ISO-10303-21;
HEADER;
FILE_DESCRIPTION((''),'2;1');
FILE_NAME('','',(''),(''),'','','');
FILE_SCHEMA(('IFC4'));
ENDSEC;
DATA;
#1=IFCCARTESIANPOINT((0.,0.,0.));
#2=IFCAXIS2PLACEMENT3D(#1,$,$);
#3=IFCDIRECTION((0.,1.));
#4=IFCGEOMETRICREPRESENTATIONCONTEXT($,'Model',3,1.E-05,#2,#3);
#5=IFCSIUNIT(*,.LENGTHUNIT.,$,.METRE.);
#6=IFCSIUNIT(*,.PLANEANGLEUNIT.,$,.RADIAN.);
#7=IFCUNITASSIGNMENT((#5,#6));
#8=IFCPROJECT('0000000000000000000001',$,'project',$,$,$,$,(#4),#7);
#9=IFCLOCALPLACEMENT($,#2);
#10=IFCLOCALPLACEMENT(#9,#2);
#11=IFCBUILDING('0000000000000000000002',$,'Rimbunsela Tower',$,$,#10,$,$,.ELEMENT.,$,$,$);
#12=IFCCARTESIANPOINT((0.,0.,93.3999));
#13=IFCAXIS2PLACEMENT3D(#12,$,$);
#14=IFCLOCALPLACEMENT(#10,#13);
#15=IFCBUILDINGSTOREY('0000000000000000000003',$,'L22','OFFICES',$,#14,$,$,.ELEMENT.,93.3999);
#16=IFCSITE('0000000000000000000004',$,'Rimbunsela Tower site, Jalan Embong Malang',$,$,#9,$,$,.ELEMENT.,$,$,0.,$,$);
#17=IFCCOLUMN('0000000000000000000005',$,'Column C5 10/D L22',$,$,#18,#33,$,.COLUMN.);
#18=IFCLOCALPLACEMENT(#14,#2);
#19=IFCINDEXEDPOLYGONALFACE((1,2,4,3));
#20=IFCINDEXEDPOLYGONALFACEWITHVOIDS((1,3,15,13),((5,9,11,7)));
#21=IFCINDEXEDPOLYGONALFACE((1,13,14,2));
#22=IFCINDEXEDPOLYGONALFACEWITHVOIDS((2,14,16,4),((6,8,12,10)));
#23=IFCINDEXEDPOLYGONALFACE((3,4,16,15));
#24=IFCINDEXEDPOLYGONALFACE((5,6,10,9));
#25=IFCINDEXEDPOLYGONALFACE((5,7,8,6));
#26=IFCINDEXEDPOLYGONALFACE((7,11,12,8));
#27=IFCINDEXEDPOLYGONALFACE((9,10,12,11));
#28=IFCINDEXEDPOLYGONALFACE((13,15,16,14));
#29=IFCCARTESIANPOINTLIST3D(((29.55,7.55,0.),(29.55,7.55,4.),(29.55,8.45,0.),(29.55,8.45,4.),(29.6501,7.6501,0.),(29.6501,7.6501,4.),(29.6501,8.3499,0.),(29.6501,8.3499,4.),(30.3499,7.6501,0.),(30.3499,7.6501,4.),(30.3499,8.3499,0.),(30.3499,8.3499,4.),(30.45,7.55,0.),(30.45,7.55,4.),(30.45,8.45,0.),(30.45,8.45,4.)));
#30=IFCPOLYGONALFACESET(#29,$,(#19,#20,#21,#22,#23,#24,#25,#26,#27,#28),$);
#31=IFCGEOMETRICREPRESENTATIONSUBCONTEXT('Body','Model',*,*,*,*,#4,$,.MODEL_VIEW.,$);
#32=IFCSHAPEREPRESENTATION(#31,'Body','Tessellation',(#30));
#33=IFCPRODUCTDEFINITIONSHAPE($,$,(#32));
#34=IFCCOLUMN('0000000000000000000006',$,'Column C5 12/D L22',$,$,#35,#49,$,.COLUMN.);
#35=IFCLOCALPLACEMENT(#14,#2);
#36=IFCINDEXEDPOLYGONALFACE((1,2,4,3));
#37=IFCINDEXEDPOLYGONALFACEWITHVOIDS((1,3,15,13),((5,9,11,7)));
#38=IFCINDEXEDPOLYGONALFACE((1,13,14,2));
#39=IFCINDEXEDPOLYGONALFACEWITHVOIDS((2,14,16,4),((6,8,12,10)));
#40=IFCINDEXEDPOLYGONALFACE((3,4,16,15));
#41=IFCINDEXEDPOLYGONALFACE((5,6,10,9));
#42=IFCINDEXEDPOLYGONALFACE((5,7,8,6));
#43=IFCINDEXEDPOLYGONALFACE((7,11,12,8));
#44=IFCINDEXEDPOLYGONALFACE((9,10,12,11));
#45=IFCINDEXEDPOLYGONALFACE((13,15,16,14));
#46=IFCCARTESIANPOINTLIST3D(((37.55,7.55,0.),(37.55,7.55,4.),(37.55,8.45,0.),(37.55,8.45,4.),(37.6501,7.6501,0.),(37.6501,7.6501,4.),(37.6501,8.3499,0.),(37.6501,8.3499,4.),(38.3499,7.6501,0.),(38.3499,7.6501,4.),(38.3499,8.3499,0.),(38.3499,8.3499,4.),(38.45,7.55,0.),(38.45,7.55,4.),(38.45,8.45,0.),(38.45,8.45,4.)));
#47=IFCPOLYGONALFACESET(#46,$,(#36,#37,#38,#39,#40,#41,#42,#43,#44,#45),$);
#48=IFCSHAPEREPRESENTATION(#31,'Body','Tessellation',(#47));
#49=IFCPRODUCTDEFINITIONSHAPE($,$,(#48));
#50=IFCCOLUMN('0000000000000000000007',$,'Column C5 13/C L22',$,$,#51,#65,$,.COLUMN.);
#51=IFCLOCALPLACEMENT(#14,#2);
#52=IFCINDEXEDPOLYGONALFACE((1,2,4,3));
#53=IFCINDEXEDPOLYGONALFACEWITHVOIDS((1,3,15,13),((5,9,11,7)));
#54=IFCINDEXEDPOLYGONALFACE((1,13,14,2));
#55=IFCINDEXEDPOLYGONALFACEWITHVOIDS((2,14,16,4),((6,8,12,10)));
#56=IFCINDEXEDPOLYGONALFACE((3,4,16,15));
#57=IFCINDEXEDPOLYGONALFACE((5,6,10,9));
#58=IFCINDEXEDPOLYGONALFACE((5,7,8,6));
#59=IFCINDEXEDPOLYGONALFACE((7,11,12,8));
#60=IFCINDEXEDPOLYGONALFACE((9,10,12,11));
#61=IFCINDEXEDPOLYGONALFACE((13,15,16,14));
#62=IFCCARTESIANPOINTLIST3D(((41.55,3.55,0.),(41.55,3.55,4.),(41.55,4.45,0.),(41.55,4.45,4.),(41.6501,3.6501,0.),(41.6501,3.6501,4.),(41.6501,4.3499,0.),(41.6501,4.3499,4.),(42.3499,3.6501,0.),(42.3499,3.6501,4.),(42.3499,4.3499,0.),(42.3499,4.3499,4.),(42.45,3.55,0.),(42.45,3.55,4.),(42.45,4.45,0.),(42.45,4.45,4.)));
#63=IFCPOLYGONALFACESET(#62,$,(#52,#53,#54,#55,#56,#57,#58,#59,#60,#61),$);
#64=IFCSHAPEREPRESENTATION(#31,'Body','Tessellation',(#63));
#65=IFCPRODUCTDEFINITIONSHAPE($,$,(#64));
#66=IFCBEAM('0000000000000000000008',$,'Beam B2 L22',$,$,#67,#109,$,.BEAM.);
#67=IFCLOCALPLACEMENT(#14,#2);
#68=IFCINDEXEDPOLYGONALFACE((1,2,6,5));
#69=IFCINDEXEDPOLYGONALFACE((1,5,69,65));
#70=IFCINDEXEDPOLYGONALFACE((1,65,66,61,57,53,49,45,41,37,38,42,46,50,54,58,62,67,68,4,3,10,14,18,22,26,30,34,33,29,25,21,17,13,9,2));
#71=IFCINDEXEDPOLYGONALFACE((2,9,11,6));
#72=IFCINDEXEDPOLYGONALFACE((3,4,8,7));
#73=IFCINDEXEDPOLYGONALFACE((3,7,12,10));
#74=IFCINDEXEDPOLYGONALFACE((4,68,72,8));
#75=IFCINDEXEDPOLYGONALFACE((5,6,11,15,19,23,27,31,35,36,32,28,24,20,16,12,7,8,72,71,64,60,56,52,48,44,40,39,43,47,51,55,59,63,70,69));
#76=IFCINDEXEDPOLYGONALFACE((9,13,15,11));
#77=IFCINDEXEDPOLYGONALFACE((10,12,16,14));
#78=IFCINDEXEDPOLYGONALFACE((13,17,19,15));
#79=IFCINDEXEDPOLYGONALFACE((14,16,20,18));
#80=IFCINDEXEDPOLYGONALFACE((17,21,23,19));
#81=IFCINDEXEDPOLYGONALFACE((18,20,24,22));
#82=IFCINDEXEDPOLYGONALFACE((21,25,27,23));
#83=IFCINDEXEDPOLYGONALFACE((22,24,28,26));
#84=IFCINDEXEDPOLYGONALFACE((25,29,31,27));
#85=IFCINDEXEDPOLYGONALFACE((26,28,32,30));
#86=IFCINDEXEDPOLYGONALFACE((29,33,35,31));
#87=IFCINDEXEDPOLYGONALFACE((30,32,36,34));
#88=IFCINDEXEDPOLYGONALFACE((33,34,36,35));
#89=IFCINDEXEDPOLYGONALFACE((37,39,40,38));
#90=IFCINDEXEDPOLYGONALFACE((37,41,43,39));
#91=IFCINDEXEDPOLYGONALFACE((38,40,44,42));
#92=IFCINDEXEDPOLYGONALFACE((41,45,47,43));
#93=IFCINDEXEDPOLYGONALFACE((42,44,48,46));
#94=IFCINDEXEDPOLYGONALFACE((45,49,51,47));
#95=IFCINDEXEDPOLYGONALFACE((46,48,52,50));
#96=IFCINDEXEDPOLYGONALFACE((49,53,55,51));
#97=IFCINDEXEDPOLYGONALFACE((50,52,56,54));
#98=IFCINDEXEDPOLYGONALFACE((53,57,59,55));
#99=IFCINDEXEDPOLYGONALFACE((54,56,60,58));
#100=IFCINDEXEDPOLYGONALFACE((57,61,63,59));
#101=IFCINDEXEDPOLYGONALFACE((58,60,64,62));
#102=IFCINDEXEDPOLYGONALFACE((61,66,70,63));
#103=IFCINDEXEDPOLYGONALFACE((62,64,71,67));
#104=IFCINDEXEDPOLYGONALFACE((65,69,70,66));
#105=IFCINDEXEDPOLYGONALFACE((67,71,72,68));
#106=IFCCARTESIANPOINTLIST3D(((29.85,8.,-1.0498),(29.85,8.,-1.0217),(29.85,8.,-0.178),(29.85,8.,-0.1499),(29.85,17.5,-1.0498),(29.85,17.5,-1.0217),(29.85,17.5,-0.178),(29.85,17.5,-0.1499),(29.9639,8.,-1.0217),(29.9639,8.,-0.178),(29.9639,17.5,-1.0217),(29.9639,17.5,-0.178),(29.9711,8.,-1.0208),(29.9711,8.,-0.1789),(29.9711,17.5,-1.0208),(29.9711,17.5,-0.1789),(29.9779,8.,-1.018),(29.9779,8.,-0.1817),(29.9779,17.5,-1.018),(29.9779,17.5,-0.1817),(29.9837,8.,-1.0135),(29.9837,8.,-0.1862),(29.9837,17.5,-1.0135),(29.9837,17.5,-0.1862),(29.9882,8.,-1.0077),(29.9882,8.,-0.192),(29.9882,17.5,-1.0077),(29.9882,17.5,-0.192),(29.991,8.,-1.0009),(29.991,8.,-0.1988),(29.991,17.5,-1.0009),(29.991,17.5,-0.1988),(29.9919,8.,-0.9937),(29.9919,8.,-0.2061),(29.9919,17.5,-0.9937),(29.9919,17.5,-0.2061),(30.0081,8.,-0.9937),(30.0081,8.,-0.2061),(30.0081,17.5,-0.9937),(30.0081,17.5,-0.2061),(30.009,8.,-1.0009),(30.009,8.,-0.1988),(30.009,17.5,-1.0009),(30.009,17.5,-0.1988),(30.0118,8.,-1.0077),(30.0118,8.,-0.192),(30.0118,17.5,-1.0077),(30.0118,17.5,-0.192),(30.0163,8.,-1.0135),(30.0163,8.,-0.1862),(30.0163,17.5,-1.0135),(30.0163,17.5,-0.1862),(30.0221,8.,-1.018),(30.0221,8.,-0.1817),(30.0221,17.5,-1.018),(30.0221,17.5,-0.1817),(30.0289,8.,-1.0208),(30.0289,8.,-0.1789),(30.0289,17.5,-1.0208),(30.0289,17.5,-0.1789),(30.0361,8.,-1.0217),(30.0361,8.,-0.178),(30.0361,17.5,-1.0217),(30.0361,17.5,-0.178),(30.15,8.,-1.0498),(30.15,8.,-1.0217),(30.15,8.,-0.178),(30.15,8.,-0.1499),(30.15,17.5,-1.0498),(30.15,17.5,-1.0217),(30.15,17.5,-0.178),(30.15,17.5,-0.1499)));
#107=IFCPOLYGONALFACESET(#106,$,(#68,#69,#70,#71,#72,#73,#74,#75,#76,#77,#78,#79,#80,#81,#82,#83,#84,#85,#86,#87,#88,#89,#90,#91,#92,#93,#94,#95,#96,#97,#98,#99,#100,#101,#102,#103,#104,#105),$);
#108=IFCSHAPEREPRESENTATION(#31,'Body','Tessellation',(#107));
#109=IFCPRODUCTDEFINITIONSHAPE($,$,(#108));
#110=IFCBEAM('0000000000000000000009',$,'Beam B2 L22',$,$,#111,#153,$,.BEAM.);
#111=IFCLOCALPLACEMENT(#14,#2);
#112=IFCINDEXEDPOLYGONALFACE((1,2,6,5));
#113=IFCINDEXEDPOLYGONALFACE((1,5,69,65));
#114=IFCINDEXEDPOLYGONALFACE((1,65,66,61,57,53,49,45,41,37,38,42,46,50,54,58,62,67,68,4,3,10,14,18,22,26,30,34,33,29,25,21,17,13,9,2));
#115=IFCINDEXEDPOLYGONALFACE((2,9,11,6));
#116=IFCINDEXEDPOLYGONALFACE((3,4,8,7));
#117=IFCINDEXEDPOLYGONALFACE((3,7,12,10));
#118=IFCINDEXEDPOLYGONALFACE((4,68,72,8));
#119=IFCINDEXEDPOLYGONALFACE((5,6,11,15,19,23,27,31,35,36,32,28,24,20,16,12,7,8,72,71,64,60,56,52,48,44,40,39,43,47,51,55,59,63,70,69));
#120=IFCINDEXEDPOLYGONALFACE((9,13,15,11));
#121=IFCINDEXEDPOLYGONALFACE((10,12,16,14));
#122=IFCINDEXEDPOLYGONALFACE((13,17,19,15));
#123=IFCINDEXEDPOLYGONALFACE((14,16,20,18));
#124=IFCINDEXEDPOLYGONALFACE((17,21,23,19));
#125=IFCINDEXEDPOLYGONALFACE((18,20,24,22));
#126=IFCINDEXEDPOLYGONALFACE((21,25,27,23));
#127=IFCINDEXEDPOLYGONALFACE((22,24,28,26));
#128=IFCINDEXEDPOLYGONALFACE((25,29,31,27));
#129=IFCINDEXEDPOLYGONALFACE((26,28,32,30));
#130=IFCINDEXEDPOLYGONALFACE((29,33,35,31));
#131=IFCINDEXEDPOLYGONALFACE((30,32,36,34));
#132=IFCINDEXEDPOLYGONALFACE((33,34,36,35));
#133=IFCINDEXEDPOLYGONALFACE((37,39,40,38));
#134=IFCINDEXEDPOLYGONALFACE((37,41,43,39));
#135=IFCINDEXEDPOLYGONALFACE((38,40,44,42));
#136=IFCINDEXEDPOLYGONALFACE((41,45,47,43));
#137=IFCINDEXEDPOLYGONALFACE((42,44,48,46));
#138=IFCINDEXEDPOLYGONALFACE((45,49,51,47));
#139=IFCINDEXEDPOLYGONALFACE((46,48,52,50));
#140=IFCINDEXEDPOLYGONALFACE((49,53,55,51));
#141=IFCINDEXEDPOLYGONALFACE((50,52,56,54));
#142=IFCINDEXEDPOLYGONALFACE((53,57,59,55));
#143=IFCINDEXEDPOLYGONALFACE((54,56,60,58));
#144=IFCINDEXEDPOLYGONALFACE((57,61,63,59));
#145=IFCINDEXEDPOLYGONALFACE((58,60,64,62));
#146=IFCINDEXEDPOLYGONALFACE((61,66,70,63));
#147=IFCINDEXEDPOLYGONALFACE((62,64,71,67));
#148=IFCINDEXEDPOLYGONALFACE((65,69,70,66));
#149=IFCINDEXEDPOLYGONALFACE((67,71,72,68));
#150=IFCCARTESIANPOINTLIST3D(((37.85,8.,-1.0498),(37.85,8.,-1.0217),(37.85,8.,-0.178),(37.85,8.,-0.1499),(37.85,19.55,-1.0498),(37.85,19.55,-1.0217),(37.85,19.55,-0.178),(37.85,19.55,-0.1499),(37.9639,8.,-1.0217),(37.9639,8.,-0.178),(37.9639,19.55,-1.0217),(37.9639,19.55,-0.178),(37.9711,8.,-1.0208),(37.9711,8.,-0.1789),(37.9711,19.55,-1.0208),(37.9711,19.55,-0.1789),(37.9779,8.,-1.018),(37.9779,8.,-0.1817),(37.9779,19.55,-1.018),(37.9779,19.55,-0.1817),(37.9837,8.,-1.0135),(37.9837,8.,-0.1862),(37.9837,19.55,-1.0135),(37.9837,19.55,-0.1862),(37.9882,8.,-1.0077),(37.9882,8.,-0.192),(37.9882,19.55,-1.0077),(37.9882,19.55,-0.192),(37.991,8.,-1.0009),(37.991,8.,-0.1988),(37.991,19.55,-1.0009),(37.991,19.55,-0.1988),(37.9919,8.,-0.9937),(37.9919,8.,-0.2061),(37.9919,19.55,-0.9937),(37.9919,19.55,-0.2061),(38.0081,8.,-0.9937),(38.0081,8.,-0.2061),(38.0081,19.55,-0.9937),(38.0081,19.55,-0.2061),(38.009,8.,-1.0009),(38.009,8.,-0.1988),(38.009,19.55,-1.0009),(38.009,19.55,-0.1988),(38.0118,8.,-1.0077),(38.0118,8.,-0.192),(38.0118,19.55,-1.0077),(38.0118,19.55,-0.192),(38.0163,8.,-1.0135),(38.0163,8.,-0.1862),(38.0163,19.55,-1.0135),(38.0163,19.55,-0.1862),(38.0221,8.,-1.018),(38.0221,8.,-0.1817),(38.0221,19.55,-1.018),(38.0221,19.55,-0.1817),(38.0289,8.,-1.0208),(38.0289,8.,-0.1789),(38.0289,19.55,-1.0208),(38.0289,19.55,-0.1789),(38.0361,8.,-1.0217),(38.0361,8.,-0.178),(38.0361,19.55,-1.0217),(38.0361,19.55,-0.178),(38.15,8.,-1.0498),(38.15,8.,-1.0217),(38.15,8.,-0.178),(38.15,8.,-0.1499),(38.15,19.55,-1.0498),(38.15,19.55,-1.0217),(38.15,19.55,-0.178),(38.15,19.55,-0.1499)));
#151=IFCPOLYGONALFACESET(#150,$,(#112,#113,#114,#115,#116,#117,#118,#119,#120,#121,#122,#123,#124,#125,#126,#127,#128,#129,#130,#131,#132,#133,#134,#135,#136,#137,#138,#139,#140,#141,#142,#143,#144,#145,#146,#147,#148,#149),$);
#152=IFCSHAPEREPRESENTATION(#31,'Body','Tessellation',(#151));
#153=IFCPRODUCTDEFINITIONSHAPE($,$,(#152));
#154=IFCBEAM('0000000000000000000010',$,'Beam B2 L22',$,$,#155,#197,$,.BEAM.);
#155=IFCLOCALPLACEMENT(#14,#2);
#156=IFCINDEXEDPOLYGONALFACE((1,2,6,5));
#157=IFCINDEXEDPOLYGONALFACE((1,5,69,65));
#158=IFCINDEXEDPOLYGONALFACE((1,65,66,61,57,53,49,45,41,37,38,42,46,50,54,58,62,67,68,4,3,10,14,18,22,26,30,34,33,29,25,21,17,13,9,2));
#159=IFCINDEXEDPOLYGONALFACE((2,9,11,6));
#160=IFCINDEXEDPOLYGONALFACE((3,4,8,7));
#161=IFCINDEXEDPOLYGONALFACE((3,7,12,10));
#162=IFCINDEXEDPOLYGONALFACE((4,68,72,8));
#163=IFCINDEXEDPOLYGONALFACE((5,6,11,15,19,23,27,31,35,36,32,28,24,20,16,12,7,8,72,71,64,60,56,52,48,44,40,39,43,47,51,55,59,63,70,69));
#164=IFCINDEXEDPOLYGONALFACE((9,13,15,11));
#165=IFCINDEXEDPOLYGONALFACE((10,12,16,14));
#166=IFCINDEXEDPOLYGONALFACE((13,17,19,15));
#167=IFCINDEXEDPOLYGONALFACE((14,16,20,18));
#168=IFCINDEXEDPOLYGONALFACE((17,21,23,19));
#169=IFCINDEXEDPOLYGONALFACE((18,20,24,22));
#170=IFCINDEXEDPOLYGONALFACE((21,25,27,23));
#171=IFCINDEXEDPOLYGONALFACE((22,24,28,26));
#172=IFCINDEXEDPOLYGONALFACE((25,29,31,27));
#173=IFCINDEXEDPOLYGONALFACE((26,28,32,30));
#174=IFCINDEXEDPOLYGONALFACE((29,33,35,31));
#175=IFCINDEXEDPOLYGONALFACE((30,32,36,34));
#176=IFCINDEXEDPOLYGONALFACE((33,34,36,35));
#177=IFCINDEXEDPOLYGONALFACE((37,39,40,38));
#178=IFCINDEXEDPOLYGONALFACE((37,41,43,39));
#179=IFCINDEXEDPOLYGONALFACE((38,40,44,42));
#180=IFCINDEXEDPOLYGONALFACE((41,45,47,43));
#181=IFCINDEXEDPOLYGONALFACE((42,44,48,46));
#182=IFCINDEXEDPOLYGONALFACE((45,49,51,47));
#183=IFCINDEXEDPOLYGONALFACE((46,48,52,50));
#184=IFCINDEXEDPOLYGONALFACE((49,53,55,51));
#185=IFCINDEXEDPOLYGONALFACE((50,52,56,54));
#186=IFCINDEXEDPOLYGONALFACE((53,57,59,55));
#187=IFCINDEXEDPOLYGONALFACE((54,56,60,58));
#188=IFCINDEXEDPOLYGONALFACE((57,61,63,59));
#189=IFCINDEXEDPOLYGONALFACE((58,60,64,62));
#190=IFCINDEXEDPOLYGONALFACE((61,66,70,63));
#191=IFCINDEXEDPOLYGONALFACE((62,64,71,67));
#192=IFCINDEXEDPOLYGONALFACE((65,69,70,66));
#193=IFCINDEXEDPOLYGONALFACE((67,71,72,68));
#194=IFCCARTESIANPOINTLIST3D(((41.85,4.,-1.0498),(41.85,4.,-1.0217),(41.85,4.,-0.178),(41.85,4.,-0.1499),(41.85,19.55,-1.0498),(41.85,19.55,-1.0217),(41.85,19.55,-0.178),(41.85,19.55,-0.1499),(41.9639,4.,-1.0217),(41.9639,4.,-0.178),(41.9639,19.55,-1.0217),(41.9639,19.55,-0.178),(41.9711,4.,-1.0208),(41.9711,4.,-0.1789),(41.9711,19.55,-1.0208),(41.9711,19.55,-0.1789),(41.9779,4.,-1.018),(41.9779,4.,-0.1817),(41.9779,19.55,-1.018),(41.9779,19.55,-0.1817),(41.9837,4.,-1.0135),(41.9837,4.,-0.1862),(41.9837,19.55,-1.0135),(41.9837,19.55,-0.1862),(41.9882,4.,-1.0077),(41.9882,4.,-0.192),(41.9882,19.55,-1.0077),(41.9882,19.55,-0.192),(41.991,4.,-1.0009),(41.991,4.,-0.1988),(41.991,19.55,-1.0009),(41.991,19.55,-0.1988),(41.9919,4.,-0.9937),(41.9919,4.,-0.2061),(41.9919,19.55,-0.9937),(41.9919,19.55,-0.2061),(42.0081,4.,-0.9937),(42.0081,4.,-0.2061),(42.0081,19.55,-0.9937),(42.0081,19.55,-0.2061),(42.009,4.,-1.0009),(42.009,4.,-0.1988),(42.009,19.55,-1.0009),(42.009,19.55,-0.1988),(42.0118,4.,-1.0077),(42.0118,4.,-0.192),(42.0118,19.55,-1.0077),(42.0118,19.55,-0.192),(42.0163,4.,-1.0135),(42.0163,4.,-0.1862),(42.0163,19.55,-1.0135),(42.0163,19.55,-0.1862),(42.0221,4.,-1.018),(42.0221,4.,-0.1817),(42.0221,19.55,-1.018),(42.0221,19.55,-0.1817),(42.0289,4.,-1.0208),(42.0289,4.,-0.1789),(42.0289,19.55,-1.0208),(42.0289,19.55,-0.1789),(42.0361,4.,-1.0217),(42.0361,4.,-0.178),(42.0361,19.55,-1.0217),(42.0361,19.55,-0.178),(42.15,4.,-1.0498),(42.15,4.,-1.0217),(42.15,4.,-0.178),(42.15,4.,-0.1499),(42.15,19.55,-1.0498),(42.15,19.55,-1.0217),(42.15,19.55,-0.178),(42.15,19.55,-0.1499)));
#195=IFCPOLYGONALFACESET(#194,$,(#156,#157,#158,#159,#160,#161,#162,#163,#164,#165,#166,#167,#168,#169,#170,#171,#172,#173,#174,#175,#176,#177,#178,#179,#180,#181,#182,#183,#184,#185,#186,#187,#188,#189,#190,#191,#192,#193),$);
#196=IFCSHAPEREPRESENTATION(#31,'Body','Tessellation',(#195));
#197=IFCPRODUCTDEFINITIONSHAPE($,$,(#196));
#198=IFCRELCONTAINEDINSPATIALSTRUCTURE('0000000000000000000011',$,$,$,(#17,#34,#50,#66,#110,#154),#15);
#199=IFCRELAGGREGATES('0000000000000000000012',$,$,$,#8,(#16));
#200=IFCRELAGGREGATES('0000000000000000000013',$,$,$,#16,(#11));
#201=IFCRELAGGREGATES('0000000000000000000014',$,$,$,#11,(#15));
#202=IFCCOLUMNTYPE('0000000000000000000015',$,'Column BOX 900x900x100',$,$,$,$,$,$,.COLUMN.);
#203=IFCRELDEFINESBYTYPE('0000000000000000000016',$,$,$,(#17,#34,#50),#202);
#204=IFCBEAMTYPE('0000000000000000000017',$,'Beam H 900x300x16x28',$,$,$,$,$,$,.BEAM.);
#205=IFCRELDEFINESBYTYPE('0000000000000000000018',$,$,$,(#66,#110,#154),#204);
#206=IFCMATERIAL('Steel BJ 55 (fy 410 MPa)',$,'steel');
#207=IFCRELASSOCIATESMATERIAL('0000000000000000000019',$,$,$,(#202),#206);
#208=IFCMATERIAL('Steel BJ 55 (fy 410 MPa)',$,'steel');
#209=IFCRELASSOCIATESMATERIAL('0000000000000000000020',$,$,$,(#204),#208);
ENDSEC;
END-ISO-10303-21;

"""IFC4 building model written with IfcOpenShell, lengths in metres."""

from ifc_helpers import new_model, si_unit, direction, frame, origin, origin_2d, place, context, subcontext, project, spatial, hollow_rectangle, i_section, extrude, material, material_profile, profile_set, type_object, element, save


model = new_model("IFC4")

# Units and contexts
model_context = context("Model", 3, precision=1e-05, world=origin(), true_north=direction((0.0, 1.0)))
body_context = subcontext(model_context, "Body", "Model", "MODEL_VIEW")
ifc_project = project(units=[si_unit("LENGTHUNIT", "METRE"), si_unit("PLANEANGLEUNIT", "RADIAN")], contexts=[model_context])

# Site, building, storey
site_placement = place(None, origin())
site = spatial("IfcSite", under=ifc_project, at=site_placement, Name="Rimbunsela Tower site, Jalan Embong Malang", CompositionType="ELEMENT", RefElevation=0.0)
building_placement = place(site_placement, origin())
building = spatial("IfcBuilding", under=site, at=building_placement, Name="Rimbunsela Tower", CompositionType="ELEMENT")
storey_placement = place(building_placement, frame((0.0, 0.0, 93.3999)))
storey = spatial("IfcBuildingStorey", under=building, at=storey_placement, Name="L22", Description="OFFICES", CompositionType="ELEMENT", Elevation=93.3999)

# Columns
ifc_material_1 = material(Name="Steel BJ 55 (fy 410 MPa)", Category="steel")
ifc_material_profile_1 = material_profile(ifc_material_1, hollow_rectangle(XDim=0.8999, YDim=0.8999, WallThickness=0.1001, at=origin_2d()), Name="BOX 900x900x100")
ifc_profile_set_1 = profile_set([ifc_material_profile_1], Name="Steel BJ 55 (fy 410 MPa)")
column_type = type_object("IfcColumnType", Name="Column BOX 900x900x100", PredefinedType="COLUMN", material=ifc_profile_set_1)
for number, where, z_axis, x_axis, name in (
    (1, (30.0, 8.0, 0.0), (0.0, 0.0, 1.0), (1.0, 0.0, 0.0), "Column C5 10/D L22"),
    (2, (38.0, 8.0, 0.0), (0.0, 0.0, 1.0), (1.0, 0.0, 0.0), "Column C5 12/D L22"),
    (3, (42.0, 4.0, 0.0), (0.0, 0.0, 1.0), (1.0, 0.0, 0.0), "Column C5 13/C L22"),
):
    element("IfcColumn", number, at=place(storey_placement, frame(where, z_axis=z_axis, x_axis=x_axis)), inside=storey, type_object=column_type, Name=name, PredefinedType="COLUMN", context=body_context, shape_type="SweptSolid", body=[
        extrude(hollow_rectangle(XDim=0.8999, YDim=0.8999, WallThickness=0.1001, at=origin_2d()), origin(), (0.0, 0.0, 1.0), 4.0),
    ])

# Beams
ifc_material_2 = material(Name="Steel BJ 55 (fy 410 MPa)", Category="steel")
ifc_material_profile_2 = material_profile(ifc_material_2, i_section(OverallWidth=0.3, OverallDepth=0.8999, WebThickness=0.0161, FlangeThickness=0.0281, FilletRadius=0.0281, at=origin_2d()), Name="H 900x300x16x28")
ifc_profile_set_2 = profile_set([ifc_material_profile_2], Name="Steel BJ 55 (fy 410 MPa)")
beam_type = type_object("IfcBeamType", Name="Beam H 900x300x16x28", PredefinedType="BEAM", material=ifc_profile_set_2)
beam_1_placement = place(storey_placement, frame((30.0, 8.0, -0.5999), z_axis=(0.0, 1.0, 0.0), x_axis=(-1.0, 0.0, 0.0)))
element("IfcBeam", 4, at=beam_1_placement, inside=storey, type_object=beam_type, Name="Beam B2 L22", PredefinedType="BEAM", context=body_context, shape_type="SweptSolid", body=[
    extrude(i_section(OverallWidth=0.3, OverallDepth=0.8999, WebThickness=0.0161, FlangeThickness=0.0281, FilletRadius=0.0281, at=origin_2d()), origin(), (0.0, 0.0, 1.0), 9.5),
])
beam_2_placement = place(storey_placement, frame((38.0, 8.0, -0.5999), z_axis=(0.0, 1.0, 0.0), x_axis=(-1.0, 0.0, 0.0)))
element("IfcBeam", 5, at=beam_2_placement, inside=storey, type_object=beam_type, Name="Beam B2 L22", PredefinedType="BEAM", context=body_context, shape_type="SweptSolid", body=[
    extrude(i_section(OverallWidth=0.3, OverallDepth=0.8999, WebThickness=0.0161, FlangeThickness=0.0281, FilletRadius=0.0281, at=origin_2d()), origin(), (0.0, 0.0, 1.0), 11.55),
])
beam_3_placement = place(storey_placement, frame((42.0, 4.0, -0.5999), z_axis=(0.0, 1.0, 0.0), x_axis=(-1.0, 0.0, 0.0)))
element("IfcBeam", 6, at=beam_3_placement, inside=storey, type_object=beam_type, Name="Beam B2 L22", PredefinedType="BEAM", context=body_context, shape_type="SweptSolid", body=[
    extrude(i_section(OverallWidth=0.3, OverallDepth=0.8999, WebThickness=0.0161, FlangeThickness=0.0281, FilletRadius=0.0281, at=origin_2d()), origin(), (0.0, 0.0, 1.0), 15.55),
])

save(model, "model.ifc")
